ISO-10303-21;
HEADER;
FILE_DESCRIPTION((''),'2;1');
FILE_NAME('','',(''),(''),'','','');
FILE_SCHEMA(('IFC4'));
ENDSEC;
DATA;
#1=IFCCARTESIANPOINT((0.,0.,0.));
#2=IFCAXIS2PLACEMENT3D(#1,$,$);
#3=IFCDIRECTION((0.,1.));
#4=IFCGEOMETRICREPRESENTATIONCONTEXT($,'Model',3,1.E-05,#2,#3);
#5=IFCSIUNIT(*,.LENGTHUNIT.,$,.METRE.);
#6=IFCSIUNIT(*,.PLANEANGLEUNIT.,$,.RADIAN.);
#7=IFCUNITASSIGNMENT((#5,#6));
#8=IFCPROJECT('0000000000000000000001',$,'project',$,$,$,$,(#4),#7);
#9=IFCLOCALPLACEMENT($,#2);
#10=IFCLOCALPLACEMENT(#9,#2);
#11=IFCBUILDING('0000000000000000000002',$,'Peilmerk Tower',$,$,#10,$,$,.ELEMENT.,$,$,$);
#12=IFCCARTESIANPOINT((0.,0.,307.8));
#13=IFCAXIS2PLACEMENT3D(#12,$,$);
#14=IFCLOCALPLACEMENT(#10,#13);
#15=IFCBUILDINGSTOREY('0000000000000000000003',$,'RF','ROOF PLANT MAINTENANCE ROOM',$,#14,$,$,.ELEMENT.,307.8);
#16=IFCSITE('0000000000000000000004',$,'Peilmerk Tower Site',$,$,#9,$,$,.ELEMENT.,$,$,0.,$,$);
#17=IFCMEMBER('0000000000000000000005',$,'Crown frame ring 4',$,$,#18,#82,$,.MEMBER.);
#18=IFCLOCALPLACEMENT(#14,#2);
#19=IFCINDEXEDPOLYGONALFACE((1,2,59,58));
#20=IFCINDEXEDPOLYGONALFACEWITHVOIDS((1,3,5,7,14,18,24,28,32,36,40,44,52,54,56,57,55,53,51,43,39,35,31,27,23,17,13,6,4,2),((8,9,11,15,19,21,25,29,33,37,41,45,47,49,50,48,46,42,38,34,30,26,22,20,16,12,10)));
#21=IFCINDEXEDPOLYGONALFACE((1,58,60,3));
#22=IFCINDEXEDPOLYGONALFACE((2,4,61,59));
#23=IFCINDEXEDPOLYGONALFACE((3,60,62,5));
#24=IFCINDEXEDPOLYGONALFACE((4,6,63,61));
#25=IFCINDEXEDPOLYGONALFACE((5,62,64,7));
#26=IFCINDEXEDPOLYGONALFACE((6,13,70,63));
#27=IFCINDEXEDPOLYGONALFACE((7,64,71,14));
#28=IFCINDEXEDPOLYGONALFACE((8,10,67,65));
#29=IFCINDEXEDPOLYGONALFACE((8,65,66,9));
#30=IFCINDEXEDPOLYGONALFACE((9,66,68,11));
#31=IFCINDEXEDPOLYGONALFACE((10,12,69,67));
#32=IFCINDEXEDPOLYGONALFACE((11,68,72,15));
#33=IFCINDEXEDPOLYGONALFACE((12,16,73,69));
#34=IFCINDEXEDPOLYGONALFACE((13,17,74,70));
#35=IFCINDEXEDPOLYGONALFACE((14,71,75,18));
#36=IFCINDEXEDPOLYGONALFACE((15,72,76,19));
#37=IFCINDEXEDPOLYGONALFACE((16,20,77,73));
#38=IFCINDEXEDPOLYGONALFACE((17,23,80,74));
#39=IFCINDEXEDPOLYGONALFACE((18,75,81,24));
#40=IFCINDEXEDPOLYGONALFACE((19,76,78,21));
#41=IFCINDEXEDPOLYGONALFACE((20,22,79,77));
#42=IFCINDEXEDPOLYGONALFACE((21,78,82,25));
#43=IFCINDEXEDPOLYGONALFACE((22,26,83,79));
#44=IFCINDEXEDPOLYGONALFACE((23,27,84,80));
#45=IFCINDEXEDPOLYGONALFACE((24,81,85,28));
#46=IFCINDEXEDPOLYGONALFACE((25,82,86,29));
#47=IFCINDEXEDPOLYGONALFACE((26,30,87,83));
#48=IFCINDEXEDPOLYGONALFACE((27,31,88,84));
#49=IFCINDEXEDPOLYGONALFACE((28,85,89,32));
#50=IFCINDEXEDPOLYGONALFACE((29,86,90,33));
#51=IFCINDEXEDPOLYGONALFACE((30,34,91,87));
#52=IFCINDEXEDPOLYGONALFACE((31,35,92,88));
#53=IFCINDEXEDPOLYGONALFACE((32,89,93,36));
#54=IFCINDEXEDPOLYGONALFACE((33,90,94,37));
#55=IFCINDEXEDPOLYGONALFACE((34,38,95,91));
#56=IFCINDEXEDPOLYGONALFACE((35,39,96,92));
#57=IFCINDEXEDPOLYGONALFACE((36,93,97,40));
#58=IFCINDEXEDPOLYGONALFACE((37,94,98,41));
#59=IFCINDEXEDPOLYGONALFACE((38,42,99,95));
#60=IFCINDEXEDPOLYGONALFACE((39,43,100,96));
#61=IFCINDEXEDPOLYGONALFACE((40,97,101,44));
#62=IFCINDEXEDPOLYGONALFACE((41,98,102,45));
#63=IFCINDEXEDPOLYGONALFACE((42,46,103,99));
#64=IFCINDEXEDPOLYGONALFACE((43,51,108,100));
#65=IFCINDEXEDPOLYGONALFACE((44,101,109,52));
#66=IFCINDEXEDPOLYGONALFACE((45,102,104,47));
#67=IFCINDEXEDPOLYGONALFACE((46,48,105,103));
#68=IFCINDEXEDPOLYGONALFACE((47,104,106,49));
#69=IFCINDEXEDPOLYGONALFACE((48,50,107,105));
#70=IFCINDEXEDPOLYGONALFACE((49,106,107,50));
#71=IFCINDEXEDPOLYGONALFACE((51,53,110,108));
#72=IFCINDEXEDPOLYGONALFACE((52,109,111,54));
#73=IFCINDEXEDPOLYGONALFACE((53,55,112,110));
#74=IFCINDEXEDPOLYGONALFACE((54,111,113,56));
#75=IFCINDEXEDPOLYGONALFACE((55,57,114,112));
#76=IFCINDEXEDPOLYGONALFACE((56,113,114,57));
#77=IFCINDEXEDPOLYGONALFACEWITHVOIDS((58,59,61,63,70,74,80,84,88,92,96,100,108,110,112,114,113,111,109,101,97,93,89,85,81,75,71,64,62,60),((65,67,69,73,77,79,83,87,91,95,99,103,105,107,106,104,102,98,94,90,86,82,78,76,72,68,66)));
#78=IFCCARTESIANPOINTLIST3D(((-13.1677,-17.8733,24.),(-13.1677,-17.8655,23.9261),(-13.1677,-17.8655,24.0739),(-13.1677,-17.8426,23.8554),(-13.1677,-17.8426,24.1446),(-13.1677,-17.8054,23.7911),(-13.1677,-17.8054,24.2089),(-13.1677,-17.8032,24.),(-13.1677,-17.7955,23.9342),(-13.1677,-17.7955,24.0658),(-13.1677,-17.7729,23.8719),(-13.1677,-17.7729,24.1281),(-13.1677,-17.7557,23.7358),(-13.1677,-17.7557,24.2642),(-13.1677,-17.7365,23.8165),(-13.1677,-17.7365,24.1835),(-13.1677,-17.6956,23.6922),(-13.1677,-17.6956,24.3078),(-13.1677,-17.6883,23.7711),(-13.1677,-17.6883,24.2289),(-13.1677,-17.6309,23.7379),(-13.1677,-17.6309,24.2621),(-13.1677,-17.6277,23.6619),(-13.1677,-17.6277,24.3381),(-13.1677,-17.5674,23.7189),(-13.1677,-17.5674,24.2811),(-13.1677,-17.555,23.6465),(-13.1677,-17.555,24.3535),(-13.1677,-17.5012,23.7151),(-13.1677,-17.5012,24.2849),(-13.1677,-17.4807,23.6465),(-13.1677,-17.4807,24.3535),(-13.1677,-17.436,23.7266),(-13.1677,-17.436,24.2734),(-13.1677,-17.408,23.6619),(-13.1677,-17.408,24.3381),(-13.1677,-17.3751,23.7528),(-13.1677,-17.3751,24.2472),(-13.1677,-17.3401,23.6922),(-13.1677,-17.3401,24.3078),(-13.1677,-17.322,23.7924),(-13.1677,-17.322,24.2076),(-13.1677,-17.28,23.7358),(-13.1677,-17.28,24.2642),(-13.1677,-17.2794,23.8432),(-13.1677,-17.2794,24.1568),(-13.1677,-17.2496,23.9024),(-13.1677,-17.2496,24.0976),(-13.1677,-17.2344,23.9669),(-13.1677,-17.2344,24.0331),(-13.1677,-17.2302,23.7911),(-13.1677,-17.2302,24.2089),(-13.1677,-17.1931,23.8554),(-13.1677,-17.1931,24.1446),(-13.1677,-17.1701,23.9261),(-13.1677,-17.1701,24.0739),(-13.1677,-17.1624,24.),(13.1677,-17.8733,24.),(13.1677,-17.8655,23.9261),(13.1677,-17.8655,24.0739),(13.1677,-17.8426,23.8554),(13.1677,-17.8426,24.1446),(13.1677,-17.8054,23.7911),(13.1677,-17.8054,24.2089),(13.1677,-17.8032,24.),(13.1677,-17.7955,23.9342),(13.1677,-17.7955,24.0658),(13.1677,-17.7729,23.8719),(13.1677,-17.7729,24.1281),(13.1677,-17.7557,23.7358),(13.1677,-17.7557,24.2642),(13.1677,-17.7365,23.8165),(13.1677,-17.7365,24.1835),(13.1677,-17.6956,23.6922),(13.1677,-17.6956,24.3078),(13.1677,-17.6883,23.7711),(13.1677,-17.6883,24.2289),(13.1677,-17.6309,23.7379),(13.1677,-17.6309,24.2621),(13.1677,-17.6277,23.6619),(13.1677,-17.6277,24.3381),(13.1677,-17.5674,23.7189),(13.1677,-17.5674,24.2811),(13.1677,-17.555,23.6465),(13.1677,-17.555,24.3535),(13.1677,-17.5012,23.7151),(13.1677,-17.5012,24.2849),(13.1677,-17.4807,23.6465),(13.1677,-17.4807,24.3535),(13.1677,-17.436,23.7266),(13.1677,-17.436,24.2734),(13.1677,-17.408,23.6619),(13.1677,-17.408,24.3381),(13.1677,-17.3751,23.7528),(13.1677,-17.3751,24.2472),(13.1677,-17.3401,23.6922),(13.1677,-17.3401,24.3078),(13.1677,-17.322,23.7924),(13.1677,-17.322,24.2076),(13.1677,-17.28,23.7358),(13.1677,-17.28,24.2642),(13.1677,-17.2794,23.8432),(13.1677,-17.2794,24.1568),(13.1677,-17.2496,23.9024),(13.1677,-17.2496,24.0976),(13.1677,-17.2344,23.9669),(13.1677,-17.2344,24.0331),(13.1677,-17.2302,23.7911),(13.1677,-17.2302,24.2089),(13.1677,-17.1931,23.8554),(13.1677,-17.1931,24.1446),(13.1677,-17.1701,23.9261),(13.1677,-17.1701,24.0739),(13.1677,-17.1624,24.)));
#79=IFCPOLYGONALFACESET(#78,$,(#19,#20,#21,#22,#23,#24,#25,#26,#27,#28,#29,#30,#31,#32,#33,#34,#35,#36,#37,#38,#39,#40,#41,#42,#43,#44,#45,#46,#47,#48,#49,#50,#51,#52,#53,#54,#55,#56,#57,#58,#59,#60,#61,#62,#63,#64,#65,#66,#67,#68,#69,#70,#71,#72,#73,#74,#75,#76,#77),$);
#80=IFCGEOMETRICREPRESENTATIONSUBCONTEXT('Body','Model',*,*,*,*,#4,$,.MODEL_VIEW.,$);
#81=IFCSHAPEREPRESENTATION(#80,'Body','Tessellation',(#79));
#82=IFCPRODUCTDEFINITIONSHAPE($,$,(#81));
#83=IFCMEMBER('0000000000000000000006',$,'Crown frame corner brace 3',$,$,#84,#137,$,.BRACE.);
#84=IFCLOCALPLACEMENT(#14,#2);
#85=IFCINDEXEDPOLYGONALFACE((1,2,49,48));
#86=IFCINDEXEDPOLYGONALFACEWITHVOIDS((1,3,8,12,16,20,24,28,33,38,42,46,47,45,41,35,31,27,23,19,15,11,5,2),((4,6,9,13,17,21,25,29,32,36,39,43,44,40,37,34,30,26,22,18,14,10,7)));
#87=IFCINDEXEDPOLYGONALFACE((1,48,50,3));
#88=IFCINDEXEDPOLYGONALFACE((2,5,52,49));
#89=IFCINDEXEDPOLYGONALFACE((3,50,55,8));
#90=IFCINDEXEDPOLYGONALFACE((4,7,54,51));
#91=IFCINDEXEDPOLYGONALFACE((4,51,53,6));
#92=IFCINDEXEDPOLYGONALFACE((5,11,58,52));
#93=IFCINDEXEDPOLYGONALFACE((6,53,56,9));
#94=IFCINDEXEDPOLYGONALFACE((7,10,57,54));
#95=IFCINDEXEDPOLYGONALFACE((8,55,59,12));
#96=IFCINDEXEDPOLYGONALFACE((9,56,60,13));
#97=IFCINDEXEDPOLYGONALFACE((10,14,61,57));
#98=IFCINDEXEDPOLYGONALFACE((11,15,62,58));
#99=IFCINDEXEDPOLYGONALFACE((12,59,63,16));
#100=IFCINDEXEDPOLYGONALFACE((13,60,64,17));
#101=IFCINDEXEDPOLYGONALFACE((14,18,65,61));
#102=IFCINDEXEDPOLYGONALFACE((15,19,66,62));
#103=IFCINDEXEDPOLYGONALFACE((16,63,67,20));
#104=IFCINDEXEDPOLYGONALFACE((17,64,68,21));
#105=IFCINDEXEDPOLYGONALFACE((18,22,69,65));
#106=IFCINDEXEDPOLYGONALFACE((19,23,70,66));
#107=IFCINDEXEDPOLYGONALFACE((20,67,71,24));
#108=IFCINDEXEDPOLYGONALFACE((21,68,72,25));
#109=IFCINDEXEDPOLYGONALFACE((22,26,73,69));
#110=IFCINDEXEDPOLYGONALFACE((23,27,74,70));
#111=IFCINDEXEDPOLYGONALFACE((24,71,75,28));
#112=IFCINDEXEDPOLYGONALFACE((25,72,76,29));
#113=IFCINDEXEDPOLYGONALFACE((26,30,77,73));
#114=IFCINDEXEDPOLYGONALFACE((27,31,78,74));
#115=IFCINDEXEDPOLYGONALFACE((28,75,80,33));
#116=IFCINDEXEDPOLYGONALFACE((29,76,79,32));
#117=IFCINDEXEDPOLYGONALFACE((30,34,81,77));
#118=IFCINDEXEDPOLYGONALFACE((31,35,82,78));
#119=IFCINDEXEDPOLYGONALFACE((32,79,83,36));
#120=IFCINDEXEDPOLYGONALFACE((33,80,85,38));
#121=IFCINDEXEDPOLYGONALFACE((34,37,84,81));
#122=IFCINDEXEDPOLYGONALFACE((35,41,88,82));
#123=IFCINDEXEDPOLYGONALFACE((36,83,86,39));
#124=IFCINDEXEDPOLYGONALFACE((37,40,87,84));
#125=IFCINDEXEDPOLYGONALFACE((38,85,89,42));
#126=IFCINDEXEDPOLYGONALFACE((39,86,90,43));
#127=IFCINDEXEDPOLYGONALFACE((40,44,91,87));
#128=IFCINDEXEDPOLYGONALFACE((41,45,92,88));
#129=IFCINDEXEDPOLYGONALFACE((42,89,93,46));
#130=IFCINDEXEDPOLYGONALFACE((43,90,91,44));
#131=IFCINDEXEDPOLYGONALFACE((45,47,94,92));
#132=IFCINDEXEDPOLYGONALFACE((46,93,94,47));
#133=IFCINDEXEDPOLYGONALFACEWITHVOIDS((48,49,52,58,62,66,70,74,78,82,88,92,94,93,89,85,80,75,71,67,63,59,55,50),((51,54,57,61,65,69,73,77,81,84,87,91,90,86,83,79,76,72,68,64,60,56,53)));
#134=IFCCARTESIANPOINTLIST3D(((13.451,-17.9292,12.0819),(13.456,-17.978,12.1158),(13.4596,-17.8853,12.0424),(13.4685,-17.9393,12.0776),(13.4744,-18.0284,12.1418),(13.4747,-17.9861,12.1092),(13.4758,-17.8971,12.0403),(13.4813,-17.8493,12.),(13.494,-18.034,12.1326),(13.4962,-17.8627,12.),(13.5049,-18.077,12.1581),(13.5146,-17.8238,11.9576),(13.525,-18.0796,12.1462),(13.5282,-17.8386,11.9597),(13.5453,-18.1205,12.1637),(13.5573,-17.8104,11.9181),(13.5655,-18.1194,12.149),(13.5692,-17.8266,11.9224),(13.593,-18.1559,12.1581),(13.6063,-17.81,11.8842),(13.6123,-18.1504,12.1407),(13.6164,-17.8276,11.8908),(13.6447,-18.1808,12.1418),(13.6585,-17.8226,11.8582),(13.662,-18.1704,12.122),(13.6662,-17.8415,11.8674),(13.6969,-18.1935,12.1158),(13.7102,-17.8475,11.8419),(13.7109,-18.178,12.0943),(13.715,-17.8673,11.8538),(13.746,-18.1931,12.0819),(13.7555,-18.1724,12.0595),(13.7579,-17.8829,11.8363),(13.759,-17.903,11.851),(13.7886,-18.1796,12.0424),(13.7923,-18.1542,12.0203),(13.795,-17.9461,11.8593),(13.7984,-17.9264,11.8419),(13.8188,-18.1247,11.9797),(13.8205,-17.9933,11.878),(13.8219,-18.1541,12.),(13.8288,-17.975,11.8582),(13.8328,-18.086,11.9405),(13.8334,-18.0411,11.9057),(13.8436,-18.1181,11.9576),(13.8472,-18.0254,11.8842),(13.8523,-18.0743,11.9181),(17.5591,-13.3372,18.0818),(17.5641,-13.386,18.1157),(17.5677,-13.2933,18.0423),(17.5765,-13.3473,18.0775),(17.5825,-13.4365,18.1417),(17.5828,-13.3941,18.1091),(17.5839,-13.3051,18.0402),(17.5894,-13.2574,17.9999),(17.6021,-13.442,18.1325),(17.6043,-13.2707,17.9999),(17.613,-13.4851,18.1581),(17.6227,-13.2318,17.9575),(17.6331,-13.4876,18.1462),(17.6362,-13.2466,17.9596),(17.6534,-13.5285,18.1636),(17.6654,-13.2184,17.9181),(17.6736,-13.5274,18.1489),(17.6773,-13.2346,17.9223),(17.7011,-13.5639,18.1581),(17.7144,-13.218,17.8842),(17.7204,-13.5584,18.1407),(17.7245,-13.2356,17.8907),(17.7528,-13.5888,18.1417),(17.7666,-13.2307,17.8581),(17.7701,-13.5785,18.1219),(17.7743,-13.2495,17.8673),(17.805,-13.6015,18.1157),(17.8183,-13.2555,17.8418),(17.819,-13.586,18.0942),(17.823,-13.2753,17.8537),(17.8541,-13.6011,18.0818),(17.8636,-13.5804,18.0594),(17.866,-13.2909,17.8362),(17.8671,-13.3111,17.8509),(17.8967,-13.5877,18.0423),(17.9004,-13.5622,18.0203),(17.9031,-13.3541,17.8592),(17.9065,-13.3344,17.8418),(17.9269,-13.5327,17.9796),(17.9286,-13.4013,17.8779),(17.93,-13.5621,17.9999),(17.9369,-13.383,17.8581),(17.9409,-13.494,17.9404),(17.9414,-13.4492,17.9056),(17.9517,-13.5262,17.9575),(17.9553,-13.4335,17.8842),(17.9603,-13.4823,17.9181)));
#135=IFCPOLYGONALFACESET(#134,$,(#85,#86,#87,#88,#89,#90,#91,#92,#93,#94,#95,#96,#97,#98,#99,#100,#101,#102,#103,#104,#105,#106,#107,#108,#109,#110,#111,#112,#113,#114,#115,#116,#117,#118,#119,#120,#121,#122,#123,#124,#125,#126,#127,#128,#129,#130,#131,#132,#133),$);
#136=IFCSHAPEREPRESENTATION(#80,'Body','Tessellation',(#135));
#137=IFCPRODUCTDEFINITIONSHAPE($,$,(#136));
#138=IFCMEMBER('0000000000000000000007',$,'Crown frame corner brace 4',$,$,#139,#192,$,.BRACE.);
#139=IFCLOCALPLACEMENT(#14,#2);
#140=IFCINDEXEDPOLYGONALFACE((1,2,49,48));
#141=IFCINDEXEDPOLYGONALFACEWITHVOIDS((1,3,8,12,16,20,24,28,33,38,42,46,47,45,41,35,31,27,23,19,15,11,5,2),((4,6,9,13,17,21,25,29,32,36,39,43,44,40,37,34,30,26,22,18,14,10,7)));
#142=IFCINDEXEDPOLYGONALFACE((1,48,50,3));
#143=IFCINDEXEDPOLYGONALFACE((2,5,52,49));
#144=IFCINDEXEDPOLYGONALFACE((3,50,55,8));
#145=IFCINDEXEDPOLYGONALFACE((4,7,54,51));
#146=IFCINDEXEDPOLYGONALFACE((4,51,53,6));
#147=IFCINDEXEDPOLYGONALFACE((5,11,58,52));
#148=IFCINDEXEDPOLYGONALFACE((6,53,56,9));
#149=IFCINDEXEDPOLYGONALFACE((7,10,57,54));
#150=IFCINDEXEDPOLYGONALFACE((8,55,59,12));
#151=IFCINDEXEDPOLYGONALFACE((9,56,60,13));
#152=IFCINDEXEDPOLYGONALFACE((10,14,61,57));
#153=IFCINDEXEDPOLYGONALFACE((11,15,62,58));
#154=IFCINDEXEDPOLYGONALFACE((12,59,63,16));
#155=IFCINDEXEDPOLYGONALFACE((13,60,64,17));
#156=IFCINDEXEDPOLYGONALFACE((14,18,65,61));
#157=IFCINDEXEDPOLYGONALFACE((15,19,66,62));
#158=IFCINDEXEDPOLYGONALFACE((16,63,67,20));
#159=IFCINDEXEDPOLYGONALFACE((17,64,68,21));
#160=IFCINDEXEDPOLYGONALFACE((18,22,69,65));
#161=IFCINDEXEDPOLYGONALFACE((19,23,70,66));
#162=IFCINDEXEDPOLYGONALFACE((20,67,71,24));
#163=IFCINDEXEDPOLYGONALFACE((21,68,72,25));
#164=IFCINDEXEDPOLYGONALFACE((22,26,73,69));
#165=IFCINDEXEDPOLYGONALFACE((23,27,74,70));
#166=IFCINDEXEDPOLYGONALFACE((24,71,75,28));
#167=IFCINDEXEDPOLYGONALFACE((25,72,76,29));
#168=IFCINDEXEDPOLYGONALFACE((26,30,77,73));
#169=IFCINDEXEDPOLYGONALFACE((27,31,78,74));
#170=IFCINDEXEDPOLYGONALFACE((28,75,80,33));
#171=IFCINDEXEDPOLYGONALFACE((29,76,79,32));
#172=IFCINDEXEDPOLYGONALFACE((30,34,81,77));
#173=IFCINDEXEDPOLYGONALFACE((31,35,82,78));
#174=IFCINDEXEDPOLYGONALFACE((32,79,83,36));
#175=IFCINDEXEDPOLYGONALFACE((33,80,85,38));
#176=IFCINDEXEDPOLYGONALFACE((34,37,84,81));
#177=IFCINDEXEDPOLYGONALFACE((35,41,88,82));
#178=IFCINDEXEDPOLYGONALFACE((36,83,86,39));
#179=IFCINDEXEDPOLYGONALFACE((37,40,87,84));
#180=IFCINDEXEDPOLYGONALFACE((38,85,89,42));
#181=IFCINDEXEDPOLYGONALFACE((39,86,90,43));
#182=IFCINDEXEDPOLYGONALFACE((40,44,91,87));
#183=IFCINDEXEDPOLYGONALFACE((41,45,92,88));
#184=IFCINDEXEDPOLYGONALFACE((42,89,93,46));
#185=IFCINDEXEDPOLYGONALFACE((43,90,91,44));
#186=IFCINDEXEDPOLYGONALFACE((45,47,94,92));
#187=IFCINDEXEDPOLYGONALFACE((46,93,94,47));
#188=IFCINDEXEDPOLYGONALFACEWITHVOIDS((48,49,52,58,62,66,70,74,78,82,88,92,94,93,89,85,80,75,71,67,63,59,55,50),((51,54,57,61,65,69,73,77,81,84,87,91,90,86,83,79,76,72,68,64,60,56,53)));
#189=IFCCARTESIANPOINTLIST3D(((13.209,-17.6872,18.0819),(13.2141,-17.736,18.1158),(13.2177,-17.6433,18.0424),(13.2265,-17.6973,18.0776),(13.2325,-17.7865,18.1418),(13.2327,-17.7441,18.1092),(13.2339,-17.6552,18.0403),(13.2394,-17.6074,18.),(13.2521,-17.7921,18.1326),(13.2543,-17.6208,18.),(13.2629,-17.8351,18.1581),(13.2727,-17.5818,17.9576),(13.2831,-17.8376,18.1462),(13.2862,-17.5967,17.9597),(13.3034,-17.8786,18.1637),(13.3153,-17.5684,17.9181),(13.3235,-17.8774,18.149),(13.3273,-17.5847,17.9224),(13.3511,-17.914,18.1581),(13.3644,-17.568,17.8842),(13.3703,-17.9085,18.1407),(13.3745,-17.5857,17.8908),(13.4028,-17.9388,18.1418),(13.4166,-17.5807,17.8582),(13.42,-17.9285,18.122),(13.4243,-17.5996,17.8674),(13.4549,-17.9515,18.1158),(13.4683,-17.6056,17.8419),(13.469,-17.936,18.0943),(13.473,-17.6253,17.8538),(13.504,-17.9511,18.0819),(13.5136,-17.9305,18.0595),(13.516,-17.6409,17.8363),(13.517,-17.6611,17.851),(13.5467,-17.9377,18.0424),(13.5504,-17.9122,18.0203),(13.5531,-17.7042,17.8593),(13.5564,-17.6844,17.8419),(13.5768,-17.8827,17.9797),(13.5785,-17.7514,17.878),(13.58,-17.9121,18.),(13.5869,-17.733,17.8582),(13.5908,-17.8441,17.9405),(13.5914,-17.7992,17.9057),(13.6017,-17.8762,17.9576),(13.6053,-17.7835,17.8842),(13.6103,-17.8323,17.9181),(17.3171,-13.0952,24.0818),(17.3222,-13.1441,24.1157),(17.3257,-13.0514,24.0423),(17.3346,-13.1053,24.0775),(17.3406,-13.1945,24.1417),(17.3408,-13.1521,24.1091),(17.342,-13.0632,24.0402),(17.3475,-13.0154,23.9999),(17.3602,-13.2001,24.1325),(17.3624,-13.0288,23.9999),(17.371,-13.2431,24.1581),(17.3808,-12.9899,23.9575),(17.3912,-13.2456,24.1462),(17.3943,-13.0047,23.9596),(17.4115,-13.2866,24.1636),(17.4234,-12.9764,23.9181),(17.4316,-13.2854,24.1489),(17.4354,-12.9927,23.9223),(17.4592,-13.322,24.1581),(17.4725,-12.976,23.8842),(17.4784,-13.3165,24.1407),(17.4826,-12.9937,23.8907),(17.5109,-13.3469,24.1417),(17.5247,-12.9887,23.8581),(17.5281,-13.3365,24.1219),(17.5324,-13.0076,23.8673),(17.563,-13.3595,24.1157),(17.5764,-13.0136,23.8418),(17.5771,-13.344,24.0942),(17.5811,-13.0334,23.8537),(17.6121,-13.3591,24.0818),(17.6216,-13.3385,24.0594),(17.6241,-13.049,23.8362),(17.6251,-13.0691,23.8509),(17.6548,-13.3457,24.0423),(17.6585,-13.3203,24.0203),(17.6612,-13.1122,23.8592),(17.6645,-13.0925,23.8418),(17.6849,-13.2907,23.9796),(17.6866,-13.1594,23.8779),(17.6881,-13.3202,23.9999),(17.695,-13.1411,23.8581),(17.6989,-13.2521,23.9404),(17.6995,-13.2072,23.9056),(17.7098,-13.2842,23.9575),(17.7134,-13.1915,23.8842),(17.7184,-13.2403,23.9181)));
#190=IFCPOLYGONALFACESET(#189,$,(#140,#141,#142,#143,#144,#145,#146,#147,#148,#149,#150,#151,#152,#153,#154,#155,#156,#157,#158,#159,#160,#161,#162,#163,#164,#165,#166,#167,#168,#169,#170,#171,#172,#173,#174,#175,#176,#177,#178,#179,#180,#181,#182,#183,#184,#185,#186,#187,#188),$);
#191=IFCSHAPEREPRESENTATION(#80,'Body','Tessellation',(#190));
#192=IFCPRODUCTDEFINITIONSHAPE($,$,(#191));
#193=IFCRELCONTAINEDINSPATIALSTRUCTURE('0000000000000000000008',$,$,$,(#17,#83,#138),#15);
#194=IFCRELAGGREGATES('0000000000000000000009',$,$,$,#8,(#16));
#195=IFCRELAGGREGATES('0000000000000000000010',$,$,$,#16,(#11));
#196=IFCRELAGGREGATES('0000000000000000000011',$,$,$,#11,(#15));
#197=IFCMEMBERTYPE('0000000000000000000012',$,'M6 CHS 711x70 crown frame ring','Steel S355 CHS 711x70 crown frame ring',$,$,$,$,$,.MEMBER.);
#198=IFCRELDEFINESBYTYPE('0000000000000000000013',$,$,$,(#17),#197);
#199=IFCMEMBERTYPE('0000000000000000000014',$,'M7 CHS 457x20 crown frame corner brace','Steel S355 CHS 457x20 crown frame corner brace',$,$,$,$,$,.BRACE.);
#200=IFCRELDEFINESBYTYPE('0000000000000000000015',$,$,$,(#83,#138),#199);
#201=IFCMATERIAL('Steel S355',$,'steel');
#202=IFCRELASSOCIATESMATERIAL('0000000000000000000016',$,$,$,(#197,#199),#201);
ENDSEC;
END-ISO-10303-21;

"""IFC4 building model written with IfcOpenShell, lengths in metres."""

from ifc_helpers import new_model, si_unit, direction, frame, origin, origin_2d, place, context, subcontext, project, spatial, hollow_circle, extrude, material, material_profile, profile_set, type_object, element, save


model = new_model("IFC4")

# Units and contexts
model_context = context("Model", 3, precision=1e-05, world=origin(), true_north=direction((0.0, 1.0)))
body_context = subcontext(model_context, "Body", "Model", "MODEL_VIEW")
ifc_project = project(units=[si_unit("LENGTHUNIT", "METRE"), si_unit("PLANEANGLEUNIT", "RADIAN")], contexts=[model_context])

# Site, building, storey
site_placement = place(None, origin())
site = spatial("IfcSite", under=ifc_project, at=site_placement, Name="Peilmerk Tower Site", CompositionType="ELEMENT", RefElevation=0.0)
building_placement = place(site_placement, origin())
building = spatial("IfcBuilding", under=site, at=building_placement, Name="Peilmerk Tower", CompositionType="ELEMENT")
storey_placement = place(building_placement, frame((0.0, 0.0, 307.8)))
storey = spatial("IfcBuildingStorey", under=building, at=storey_placement, Name="RF", Description="ROOF PLANT MAINTENANCE ROOM", CompositionType="ELEMENT", Elevation=307.8)

# Shared definitions
ifc_material_1 = material(Name="Steel S355", Category="steel")

# Members
ifc_material_profile_1 = material_profile(ifc_material_1, hollow_circle(Radius=0.3555, WallThickness=0.0701, at=origin_2d()), Name="CHS 711x70")
ifc_profile_set_1 = profile_set([ifc_material_profile_1], Name="Steel S355")
member_type_1 = type_object("IfcMemberType", Name="M6 CHS 711x70 crown frame ring", Description="Steel S355 CHS 711x70 crown frame ring", PredefinedType="MEMBER", material=ifc_profile_set_1)
member_1_placement = place(storey_placement, frame((13.1677, -17.5178, 24.0), z_axis=(-1.0, 0.0, 0.0), x_axis=(0.0, -1.0, 0.0)))
element("IfcMember", 1, at=member_1_placement, inside=storey, type_object=member_type_1, Name="Crown frame ring 4", PredefinedType="MEMBER", context=body_context, shape_type="SweptSolid", body=[
    extrude(hollow_circle(Radius=0.3555, WallThickness=0.0701, at=origin_2d()), origin(), (0.0, 0.0, 1.0), 26.3354),
])
ifc_material_profile_2 = material_profile(ifc_material_1, hollow_circle(Radius=0.2285, WallThickness=0.02, at=origin_2d()), Name="CHS 457x20")
ifc_profile_set_2 = profile_set([ifc_material_profile_2], Name="Steel S355")
member_type_2 = type_object("IfcMemberType", Name="M7 CHS 457x20 crown frame corner brace", Description="Steel S355 CHS 457x20 crown frame corner brace", PredefinedType="BRACE", material=ifc_profile_set_2)
for number, where, z_axis, x_axis, name in (
    (2, (13.6516, -18.0017, 12.0), (0.47768, 0.533945, 0.697657), (-0.745283, 0.666749, 0.0), "Crown frame corner brace 3"),
    (3, (13.4097, -17.7598, 18.0), (0.47768, 0.533945, 0.697657), (-0.745283, 0.666749, 0.0), "Crown frame corner brace 4"),
):
    element("IfcMember", number, at=place(storey_placement, frame(where, z_axis=z_axis, x_axis=x_axis)), inside=storey, type_object=member_type_2, Name=name, PredefinedType="BRACE", context=body_context, shape_type="SweptSolid", body=[
        extrude(hollow_circle(Radius=0.2285, WallThickness=0.02, at=origin_2d()), origin(), (0.0, 0.0, 1.0), 8.6001),
    ])

save(model, "model.ifc")
